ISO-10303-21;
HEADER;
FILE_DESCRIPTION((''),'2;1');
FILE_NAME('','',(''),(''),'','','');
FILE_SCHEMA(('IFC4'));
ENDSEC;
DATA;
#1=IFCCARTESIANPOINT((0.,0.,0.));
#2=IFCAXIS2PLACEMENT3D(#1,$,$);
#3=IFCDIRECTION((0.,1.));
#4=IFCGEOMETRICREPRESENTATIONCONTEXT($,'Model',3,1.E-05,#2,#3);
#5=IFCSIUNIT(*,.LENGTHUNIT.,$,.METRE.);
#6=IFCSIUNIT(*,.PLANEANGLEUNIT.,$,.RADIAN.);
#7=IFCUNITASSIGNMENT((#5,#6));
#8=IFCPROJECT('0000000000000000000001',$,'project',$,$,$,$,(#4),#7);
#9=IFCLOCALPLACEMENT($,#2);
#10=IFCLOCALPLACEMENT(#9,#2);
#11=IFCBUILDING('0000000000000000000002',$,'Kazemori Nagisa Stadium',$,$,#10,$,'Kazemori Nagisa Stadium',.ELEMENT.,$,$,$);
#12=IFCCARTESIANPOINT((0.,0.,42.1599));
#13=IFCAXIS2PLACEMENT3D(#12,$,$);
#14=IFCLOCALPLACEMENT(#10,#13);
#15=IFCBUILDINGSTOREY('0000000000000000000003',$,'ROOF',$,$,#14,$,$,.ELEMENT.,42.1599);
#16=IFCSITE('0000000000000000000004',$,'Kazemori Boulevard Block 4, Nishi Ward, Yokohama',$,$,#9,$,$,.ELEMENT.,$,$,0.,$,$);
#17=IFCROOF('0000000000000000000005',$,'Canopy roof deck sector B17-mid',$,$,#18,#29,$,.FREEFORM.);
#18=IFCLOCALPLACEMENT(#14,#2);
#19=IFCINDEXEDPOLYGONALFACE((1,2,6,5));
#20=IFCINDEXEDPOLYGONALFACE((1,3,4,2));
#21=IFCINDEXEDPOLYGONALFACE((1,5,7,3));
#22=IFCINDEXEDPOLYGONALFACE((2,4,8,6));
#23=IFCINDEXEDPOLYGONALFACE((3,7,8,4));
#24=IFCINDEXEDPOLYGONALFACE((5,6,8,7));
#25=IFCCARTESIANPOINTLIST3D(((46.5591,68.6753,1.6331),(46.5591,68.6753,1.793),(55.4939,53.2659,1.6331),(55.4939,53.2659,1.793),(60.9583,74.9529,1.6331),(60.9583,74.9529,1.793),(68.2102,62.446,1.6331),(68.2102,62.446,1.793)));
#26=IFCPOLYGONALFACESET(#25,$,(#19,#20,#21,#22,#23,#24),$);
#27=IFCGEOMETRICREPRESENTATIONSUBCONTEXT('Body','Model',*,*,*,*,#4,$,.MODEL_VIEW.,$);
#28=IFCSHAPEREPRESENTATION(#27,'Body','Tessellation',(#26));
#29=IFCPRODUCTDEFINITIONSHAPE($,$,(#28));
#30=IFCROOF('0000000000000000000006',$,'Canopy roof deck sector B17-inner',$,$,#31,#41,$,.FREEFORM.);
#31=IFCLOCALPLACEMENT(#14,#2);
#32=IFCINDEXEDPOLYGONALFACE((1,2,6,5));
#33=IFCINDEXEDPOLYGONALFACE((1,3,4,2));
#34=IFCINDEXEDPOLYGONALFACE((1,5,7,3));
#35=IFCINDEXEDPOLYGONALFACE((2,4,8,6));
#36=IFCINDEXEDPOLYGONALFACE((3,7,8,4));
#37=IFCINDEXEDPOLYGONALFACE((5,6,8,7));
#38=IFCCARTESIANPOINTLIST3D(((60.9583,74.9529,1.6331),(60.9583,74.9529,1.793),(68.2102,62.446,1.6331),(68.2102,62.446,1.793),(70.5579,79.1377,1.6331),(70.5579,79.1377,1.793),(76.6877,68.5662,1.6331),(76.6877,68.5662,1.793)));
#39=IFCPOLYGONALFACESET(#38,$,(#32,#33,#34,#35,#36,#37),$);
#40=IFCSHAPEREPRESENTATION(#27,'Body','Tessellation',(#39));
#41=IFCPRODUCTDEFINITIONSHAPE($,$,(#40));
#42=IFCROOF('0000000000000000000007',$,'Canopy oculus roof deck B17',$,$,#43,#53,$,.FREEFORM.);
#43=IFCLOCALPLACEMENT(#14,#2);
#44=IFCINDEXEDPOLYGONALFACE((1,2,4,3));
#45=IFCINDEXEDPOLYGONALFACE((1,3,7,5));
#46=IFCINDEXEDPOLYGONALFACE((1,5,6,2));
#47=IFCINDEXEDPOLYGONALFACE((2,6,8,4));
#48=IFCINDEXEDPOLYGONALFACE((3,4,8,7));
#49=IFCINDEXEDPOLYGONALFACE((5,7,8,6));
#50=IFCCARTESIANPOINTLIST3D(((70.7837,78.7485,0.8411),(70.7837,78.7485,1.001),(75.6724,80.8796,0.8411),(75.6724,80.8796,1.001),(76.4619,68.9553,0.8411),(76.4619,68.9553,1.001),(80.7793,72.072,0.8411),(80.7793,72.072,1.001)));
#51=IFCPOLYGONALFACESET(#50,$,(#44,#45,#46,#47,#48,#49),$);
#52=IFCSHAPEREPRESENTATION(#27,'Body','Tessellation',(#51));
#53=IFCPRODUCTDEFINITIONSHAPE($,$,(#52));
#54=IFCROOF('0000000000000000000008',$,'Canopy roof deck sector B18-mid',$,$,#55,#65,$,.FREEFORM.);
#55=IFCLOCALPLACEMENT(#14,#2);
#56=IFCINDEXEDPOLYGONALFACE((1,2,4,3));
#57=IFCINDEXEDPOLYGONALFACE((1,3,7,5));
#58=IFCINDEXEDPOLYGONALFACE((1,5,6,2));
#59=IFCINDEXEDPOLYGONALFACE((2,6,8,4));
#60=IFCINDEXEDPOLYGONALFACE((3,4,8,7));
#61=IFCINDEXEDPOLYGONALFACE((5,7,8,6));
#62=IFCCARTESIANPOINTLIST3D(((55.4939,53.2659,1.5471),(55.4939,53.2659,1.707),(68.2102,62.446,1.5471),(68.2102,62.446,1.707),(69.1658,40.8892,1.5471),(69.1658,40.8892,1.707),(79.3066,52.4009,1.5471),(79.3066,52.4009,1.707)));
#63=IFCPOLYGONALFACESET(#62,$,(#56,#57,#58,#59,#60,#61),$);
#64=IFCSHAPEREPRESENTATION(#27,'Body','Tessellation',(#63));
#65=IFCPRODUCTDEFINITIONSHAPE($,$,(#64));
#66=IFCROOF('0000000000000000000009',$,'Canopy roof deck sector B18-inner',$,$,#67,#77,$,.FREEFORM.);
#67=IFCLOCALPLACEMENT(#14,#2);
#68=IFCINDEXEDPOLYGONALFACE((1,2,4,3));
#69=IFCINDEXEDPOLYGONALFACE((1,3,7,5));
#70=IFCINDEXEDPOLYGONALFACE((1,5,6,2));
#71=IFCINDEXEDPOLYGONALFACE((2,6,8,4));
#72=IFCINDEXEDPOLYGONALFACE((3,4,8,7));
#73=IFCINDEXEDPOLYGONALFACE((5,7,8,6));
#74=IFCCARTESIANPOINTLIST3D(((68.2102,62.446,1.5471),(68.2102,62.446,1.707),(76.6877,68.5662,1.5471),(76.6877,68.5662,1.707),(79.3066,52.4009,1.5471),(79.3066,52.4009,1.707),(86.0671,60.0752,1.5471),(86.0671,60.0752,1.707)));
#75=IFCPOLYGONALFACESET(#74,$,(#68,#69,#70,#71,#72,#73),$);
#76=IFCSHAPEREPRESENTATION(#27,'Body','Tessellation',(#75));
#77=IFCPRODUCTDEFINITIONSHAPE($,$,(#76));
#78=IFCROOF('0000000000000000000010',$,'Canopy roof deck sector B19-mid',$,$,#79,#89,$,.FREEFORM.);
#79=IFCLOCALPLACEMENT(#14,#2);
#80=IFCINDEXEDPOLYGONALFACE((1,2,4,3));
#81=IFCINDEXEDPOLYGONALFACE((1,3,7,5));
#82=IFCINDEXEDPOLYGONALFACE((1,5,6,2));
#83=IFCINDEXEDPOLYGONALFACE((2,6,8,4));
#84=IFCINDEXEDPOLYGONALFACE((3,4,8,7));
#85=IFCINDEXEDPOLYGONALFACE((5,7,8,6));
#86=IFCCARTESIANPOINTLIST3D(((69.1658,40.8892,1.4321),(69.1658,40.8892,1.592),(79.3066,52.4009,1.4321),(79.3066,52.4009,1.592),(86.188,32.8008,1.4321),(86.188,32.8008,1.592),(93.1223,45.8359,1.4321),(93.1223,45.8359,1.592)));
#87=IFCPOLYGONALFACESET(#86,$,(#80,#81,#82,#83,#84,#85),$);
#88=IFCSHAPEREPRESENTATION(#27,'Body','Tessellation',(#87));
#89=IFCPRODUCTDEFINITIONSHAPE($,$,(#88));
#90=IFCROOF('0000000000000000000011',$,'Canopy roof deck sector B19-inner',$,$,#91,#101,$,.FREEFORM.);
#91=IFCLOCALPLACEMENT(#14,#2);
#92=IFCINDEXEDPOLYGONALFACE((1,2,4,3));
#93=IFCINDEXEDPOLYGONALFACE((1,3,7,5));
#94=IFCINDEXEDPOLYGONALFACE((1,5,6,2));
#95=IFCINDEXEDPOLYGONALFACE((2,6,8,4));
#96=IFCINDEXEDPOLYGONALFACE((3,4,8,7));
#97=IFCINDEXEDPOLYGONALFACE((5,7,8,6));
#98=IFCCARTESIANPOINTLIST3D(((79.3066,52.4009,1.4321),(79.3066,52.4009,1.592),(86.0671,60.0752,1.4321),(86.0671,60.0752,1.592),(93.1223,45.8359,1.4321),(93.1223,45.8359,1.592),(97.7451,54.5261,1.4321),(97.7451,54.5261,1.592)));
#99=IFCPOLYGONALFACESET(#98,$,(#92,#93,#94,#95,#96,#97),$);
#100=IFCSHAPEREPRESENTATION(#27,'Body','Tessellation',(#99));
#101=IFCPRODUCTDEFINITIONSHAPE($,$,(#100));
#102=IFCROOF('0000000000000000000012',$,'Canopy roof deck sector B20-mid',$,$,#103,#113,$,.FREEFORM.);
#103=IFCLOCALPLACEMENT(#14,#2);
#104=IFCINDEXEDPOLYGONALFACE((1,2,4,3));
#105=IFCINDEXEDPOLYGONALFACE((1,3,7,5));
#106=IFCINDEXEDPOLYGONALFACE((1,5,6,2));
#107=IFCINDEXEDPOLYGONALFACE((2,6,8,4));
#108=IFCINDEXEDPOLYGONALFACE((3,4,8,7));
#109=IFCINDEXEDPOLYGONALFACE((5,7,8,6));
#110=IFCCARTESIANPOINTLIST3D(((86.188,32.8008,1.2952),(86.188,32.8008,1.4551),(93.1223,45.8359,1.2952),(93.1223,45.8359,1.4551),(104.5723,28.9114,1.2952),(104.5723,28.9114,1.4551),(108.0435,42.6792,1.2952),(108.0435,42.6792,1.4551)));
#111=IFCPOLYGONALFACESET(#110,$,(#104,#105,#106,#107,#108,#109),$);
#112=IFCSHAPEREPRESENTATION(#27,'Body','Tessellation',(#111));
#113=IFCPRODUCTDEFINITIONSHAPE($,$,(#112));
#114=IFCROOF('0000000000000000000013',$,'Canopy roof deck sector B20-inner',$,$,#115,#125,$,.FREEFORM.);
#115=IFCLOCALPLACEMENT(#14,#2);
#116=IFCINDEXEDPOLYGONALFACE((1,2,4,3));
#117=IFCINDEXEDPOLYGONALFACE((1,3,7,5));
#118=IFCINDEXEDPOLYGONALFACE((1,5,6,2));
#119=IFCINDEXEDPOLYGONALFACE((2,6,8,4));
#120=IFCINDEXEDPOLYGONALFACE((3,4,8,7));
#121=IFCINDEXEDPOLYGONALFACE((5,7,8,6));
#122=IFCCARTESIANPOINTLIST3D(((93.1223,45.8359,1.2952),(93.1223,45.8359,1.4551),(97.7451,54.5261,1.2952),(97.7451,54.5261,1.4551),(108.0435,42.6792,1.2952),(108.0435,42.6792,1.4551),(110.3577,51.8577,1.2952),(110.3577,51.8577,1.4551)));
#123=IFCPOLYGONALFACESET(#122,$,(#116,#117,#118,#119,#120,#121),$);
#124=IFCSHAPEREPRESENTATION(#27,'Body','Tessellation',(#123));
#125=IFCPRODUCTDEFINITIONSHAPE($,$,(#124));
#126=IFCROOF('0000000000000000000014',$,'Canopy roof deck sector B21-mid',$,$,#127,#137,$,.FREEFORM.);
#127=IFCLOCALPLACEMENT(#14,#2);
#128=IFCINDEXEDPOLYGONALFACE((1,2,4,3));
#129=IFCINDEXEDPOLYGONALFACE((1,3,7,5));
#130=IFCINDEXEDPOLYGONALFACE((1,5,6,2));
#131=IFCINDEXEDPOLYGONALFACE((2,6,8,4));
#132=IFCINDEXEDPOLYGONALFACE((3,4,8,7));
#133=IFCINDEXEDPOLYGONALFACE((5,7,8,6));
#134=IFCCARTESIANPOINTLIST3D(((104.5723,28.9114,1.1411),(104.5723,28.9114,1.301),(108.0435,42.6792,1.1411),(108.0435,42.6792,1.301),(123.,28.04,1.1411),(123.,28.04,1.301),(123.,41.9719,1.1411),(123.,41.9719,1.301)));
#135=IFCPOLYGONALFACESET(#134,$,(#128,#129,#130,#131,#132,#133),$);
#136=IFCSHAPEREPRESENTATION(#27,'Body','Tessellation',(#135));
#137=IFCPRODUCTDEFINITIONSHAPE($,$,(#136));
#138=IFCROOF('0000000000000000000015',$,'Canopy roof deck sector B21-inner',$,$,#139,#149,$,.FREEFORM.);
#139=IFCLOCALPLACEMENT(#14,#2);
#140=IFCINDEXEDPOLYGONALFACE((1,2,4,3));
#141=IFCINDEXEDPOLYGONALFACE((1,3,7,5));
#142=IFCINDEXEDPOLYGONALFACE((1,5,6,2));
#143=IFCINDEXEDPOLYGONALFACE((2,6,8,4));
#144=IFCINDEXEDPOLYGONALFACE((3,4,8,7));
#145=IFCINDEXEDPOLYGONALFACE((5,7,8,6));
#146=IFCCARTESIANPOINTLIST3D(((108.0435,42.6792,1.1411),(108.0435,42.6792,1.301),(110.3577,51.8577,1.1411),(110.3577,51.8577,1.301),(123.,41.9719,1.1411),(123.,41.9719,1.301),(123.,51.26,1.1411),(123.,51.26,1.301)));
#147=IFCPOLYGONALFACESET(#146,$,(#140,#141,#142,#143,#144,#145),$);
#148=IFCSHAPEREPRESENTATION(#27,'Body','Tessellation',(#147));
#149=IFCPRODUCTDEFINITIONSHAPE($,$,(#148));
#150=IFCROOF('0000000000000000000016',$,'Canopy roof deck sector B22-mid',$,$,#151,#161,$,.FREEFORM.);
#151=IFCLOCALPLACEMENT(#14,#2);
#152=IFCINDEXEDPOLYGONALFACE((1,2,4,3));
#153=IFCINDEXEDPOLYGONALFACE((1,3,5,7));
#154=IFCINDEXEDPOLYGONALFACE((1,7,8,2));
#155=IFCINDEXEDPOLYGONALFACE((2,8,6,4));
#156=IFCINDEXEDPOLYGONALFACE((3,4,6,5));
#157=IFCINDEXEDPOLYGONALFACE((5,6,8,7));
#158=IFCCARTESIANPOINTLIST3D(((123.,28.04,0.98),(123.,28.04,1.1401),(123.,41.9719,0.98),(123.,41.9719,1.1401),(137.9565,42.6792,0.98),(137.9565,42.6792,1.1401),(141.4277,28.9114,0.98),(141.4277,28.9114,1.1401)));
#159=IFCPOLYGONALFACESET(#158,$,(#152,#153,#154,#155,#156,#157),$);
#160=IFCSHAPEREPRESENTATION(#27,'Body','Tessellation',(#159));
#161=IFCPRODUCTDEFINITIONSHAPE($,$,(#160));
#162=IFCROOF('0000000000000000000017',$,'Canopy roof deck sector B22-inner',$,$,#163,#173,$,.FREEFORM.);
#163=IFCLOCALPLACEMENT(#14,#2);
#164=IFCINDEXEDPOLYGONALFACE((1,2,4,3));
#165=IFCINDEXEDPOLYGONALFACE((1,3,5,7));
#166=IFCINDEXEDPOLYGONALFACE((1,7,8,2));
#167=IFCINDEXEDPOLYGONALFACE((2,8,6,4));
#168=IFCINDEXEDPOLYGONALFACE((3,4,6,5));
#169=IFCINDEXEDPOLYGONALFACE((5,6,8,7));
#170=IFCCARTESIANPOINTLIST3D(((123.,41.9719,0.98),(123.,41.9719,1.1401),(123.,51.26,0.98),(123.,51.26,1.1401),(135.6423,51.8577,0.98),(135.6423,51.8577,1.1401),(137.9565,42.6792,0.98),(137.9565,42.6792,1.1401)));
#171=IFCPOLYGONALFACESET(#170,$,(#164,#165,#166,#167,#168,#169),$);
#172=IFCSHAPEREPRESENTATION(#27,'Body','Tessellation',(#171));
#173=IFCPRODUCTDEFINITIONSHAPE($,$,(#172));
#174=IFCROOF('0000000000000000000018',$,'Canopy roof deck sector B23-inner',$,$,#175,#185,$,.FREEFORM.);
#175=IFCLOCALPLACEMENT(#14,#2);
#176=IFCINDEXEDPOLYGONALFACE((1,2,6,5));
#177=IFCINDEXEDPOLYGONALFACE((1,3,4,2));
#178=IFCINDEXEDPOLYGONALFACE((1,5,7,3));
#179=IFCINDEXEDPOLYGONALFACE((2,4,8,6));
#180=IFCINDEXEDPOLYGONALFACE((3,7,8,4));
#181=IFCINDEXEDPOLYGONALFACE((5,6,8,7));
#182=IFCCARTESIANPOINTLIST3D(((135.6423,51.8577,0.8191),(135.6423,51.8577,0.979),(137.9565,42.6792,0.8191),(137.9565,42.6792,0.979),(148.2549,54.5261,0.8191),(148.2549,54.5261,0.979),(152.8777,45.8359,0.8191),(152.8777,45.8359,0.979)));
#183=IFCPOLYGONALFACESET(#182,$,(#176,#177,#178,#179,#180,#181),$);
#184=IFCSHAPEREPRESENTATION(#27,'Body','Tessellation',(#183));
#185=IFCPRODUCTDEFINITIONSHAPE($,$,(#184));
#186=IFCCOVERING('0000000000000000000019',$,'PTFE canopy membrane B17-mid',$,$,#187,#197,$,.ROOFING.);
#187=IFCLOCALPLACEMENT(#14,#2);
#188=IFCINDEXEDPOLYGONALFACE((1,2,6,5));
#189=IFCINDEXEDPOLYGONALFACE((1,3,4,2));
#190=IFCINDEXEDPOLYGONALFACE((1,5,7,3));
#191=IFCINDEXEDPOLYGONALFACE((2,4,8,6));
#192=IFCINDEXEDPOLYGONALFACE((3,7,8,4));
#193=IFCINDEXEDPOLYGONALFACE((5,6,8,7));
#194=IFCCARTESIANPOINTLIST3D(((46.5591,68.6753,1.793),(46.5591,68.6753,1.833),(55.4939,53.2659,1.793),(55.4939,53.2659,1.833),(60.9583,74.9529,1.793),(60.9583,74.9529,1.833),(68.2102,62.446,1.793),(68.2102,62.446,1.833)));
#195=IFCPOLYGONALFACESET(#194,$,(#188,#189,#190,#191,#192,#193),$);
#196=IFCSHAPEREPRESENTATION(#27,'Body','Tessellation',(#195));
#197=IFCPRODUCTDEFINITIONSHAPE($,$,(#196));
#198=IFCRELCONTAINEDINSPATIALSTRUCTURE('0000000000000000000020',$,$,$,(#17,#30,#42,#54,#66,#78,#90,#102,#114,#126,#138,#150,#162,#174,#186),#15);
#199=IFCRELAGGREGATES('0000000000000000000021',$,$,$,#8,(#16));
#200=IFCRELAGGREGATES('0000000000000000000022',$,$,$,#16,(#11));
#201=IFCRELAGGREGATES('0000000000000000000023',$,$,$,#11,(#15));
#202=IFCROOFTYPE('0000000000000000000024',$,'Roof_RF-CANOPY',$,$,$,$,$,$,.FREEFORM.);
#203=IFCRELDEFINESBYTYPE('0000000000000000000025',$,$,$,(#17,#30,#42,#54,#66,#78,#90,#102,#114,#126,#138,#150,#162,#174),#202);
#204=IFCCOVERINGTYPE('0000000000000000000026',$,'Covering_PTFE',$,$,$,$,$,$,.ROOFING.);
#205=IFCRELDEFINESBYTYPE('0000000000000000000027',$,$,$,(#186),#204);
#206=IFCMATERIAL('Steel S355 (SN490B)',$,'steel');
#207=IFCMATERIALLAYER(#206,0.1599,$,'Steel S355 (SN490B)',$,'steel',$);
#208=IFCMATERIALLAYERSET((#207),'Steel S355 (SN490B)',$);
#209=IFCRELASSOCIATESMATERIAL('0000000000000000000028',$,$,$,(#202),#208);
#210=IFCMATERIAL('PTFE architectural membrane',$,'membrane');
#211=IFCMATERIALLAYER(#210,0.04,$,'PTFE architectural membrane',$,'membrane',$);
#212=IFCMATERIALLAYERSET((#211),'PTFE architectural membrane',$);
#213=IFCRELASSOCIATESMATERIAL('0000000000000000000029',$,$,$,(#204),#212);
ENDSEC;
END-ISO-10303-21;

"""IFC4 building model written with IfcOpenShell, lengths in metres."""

from ifc_helpers import new_model, si_unit, direction, frame, origin, place, context, subcontext, project, spatial, polyline, outline, extrude, material, layer, layer_set, type_object, element, save


model = new_model("IFC4")

# Units and contexts
model_context = context("Model", 3, precision=1e-05, world=origin(), true_north=direction((0.0, 1.0)))
body_context = subcontext(model_context, "Body", "Model", "MODEL_VIEW")
ifc_project = project(units=[si_unit("LENGTHUNIT", "METRE"), si_unit("PLANEANGLEUNIT", "RADIAN")], contexts=[model_context])

# Site, building, storey
site_placement = place(None, origin())
site = spatial("IfcSite", under=ifc_project, at=site_placement, Name="Kazemori Boulevard Block 4, Nishi Ward, Yokohama", CompositionType="ELEMENT", RefElevation=0.0)
building_placement = place(site_placement, origin())
building = spatial("IfcBuilding", under=site, at=building_placement, Name="Kazemori Nagisa Stadium", LongName="Kazemori Nagisa Stadium", CompositionType="ELEMENT")
storey_placement = place(building_placement, frame((0.0, 0.0, 42.1599)))
storey = spatial("IfcBuildingStorey", under=building, at=storey_placement, Name="ROOF", CompositionType="ELEMENT", Elevation=42.1599)

# Roofs
ifc_material_1 = material(Name="Steel S355 (SN490B)", Category="steel")
ifc_layer_1 = layer(ifc_material_1, 0.1599, Name="Steel S355 (SN490B)", Category="steel")
ifc_layer_set_1 = layer_set([ifc_layer_1], Name="Steel S355 (SN490B)")
roof_type = type_object("IfcRoofType", Name="Roof_RF-CANOPY", PredefinedType="FREEFORM", material=ifc_layer_set_1)
roof_1_placement = place(storey_placement, frame((0.0, 0.0, 1.6331)))
element("IfcRoof", 1, at=roof_1_placement, inside=storey, type_object=roof_type, Name="Canopy roof deck sector B17-mid", PredefinedType="FREEFORM", context=body_context, shape_type="SweptSolid", body=[
    extrude(outline(polyline([(46.5591, 68.6753), (55.4939, 53.2659), (68.2102, 62.446), (60.9583, 74.9529), (46.5591, 68.6753)])), origin(), (0.0, 0.0, 1.0), 0.1599),
])
roof_2_placement = place(storey_placement, frame((0.0, 0.0, 1.6331)))
element("IfcRoof", 2, at=roof_2_placement, inside=storey, type_object=roof_type, Name="Canopy roof deck sector B17-inner", PredefinedType="FREEFORM", context=body_context, shape_type="SweptSolid", body=[
    extrude(outline(polyline([(60.9583, 74.9529), (68.2102, 62.446), (76.6877, 68.5662), (70.5579, 79.1377), (60.9583, 74.9529)])), origin(), (0.0, 0.0, 1.0), 0.1599),
])
roof_3_placement = place(storey_placement, frame((0.0, 0.0, 0.8411)))
element("IfcRoof", 3, at=roof_3_placement, inside=storey, type_object=roof_type, Name="Canopy oculus roof deck B17", PredefinedType="FREEFORM", context=body_context, shape_type="SweptSolid", body=[
    extrude(outline(polyline([(75.6724, 80.8796), (80.7793, 72.072), (76.4619, 68.9553), (70.7837, 78.7485), (75.6724, 80.8796)])), origin(), (0.0, 0.0, 1.0), 0.1599),
])
roof_4_placement = place(storey_placement, frame((0.0, 0.0, 1.5471)))
element("IfcRoof", 4, at=roof_4_placement, inside=storey, type_object=roof_type, Name="Canopy roof deck sector B18-mid", PredefinedType="FREEFORM", context=body_context, shape_type="SweptSolid", body=[
    extrude(outline(polyline([(55.4939, 53.2659), (69.1658, 40.8892), (79.3066, 52.4009), (68.2102, 62.446), (55.4939, 53.2659)])), origin(), (0.0, 0.0, 1.0), 0.1599),
])
roof_5_placement = place(storey_placement, frame((0.0, 0.0, 1.5471)))
element("IfcRoof", 5, at=roof_5_placement, inside=storey, type_object=roof_type, Name="Canopy roof deck sector B18-inner", PredefinedType="FREEFORM", context=body_context, shape_type="SweptSolid", body=[
    extrude(outline(polyline([(68.2102, 62.446), (79.3066, 52.4009), (86.0671, 60.0752), (76.6877, 68.5662), (68.2102, 62.446)])), origin(), (0.0, 0.0, 1.0), 0.1599),
])
roof_6_placement = place(storey_placement, frame((0.0, 0.0, 1.4321)))
element("IfcRoof", 6, at=roof_6_placement, inside=storey, type_object=roof_type, Name="Canopy roof deck sector B19-mid", PredefinedType="FREEFORM", context=body_context, shape_type="SweptSolid", body=[
    extrude(outline(polyline([(69.1658, 40.8892), (86.188, 32.8008), (93.1223, 45.8359), (79.3066, 52.4009), (69.1658, 40.8892)])), origin(), (0.0, 0.0, 1.0), 0.1599),
])
roof_7_placement = place(storey_placement, frame((0.0, 0.0, 1.4321)))
element("IfcRoof", 7, at=roof_7_placement, inside=storey, type_object=roof_type, Name="Canopy roof deck sector B19-inner", PredefinedType="FREEFORM", context=body_context, shape_type="SweptSolid", body=[
    extrude(outline(polyline([(79.3066, 52.4009), (93.1223, 45.8359), (97.7451, 54.5261), (86.0671, 60.0752), (79.3066, 52.4009)])), origin(), (0.0, 0.0, 1.0), 0.1599),
])
roof_8_placement = place(storey_placement, frame((0.0, 0.0, 1.2952)))
element("IfcRoof", 8, at=roof_8_placement, inside=storey, type_object=roof_type, Name="Canopy roof deck sector B20-mid", PredefinedType="FREEFORM", context=body_context, shape_type="SweptSolid", body=[
    extrude(outline(polyline([(86.188, 32.8008), (104.5723, 28.9114), (108.0435, 42.6792), (93.1223, 45.8359), (86.188, 32.8008)])), origin(), (0.0, 0.0, 1.0), 0.1599),
])
roof_9_placement = place(storey_placement, frame((0.0, 0.0, 1.2952)))
element("IfcRoof", 9, at=roof_9_placement, inside=storey, type_object=roof_type, Name="Canopy roof deck sector B20-inner", PredefinedType="FREEFORM", context=body_context, shape_type="SweptSolid", body=[
    extrude(outline(polyline([(93.1223, 45.8359), (108.0435, 42.6792), (110.3577, 51.8577), (97.7451, 54.5261), (93.1223, 45.8359)])), origin(), (0.0, 0.0, 1.0), 0.1599),
])
roof_10_placement = place(storey_placement, frame((0.0, 0.0, 1.1411)))
element("IfcRoof", 10, at=roof_10_placement, inside=storey, type_object=roof_type, Name="Canopy roof deck sector B21-mid", PredefinedType="FREEFORM", context=body_context, shape_type="SweptSolid", body=[
    extrude(outline(polyline([(104.5723, 28.9114), (123.0, 28.04), (123.0, 41.9719), (108.0435, 42.6792), (104.5723, 28.9114)])), origin(), (0.0, 0.0, 1.0), 0.1599),
])
roof_11_placement = place(storey_placement, frame((0.0, 0.0, 1.1411)))
element("IfcRoof", 11, at=roof_11_placement, inside=storey, type_object=roof_type, Name="Canopy roof deck sector B21-inner", PredefinedType="FREEFORM", context=body_context, shape_type="SweptSolid", body=[
    extrude(outline(polyline([(108.0435, 42.6792), (123.0, 41.9719), (123.0, 51.26), (110.3577, 51.8577), (108.0435, 42.6792)])), origin(), (0.0, 0.0, 1.0), 0.1599),
])
roof_12_placement = place(storey_placement, frame((0.0, 0.0, 0.98)))
element("IfcRoof", 12, at=roof_12_placement, inside=storey, type_object=roof_type, Name="Canopy roof deck sector B22-mid", PredefinedType="FREEFORM", context=body_context, shape_type="SweptSolid", body=[
    extrude(outline(polyline([(123.0, 28.04), (141.4277, 28.9114), (137.9565, 42.6792), (123.0, 41.9719), (123.0, 28.04)])), origin(), (0.0, 0.0, 1.0), 0.1602),
])
roof_13_placement = place(storey_placement, frame((0.0, 0.0, 0.98)))
element("IfcRoof", 13, at=roof_13_placement, inside=storey, type_object=roof_type, Name="Canopy roof deck sector B22-inner", PredefinedType="FREEFORM", context=body_context, shape_type="SweptSolid", body=[
    extrude(outline(polyline([(123.0, 41.9719), (137.9565, 42.6792), (135.6423, 51.8577), (123.0, 51.26), (123.0, 41.9719)])), origin(), (0.0, 0.0, 1.0), 0.1602),
])
roof_14_placement = place(storey_placement, frame((0.0, 0.0, 0.8191)))
element("IfcRoof", 14, at=roof_14_placement, inside=storey, type_object=roof_type, Name="Canopy roof deck sector B23-inner", PredefinedType="FREEFORM", context=body_context, shape_type="SweptSolid", body=[
    extrude(outline(polyline([(137.9565, 42.6792), (152.8777, 45.8359), (148.2549, 54.5261), (135.6423, 51.8577), (137.9565, 42.6792)])), origin(), (0.0, 0.0, 1.0), 0.1599),
])

# Covering
ifc_material_2 = material(Name="PTFE architectural membrane", Category="membrane")
ifc_layer_2 = layer(ifc_material_2, 0.04, Name="PTFE architectural membrane", Category="membrane")
ifc_layer_set_2 = layer_set([ifc_layer_2], Name="PTFE architectural membrane")
covering_type = type_object("IfcCoveringType", Name="Covering_PTFE", PredefinedType="ROOFING", material=ifc_layer_set_2)
covering_1_placement = place(storey_placement, frame((0.0, 0.0, 1.793)))
element("IfcCovering", 15, at=covering_1_placement, inside=storey, type_object=covering_type, Name="PTFE canopy membrane B17-mid", PredefinedType="ROOFING", context=body_context, shape_type="SweptSolid", body=[
    extrude(outline(polyline([(46.5591, 68.6753), (55.4939, 53.2659), (68.2102, 62.446), (60.9583, 74.9529), (46.5591, 68.6753)])), origin(), (0.0, 0.0, 1.0), 0.04),
])

save(model, "model.ifc")
